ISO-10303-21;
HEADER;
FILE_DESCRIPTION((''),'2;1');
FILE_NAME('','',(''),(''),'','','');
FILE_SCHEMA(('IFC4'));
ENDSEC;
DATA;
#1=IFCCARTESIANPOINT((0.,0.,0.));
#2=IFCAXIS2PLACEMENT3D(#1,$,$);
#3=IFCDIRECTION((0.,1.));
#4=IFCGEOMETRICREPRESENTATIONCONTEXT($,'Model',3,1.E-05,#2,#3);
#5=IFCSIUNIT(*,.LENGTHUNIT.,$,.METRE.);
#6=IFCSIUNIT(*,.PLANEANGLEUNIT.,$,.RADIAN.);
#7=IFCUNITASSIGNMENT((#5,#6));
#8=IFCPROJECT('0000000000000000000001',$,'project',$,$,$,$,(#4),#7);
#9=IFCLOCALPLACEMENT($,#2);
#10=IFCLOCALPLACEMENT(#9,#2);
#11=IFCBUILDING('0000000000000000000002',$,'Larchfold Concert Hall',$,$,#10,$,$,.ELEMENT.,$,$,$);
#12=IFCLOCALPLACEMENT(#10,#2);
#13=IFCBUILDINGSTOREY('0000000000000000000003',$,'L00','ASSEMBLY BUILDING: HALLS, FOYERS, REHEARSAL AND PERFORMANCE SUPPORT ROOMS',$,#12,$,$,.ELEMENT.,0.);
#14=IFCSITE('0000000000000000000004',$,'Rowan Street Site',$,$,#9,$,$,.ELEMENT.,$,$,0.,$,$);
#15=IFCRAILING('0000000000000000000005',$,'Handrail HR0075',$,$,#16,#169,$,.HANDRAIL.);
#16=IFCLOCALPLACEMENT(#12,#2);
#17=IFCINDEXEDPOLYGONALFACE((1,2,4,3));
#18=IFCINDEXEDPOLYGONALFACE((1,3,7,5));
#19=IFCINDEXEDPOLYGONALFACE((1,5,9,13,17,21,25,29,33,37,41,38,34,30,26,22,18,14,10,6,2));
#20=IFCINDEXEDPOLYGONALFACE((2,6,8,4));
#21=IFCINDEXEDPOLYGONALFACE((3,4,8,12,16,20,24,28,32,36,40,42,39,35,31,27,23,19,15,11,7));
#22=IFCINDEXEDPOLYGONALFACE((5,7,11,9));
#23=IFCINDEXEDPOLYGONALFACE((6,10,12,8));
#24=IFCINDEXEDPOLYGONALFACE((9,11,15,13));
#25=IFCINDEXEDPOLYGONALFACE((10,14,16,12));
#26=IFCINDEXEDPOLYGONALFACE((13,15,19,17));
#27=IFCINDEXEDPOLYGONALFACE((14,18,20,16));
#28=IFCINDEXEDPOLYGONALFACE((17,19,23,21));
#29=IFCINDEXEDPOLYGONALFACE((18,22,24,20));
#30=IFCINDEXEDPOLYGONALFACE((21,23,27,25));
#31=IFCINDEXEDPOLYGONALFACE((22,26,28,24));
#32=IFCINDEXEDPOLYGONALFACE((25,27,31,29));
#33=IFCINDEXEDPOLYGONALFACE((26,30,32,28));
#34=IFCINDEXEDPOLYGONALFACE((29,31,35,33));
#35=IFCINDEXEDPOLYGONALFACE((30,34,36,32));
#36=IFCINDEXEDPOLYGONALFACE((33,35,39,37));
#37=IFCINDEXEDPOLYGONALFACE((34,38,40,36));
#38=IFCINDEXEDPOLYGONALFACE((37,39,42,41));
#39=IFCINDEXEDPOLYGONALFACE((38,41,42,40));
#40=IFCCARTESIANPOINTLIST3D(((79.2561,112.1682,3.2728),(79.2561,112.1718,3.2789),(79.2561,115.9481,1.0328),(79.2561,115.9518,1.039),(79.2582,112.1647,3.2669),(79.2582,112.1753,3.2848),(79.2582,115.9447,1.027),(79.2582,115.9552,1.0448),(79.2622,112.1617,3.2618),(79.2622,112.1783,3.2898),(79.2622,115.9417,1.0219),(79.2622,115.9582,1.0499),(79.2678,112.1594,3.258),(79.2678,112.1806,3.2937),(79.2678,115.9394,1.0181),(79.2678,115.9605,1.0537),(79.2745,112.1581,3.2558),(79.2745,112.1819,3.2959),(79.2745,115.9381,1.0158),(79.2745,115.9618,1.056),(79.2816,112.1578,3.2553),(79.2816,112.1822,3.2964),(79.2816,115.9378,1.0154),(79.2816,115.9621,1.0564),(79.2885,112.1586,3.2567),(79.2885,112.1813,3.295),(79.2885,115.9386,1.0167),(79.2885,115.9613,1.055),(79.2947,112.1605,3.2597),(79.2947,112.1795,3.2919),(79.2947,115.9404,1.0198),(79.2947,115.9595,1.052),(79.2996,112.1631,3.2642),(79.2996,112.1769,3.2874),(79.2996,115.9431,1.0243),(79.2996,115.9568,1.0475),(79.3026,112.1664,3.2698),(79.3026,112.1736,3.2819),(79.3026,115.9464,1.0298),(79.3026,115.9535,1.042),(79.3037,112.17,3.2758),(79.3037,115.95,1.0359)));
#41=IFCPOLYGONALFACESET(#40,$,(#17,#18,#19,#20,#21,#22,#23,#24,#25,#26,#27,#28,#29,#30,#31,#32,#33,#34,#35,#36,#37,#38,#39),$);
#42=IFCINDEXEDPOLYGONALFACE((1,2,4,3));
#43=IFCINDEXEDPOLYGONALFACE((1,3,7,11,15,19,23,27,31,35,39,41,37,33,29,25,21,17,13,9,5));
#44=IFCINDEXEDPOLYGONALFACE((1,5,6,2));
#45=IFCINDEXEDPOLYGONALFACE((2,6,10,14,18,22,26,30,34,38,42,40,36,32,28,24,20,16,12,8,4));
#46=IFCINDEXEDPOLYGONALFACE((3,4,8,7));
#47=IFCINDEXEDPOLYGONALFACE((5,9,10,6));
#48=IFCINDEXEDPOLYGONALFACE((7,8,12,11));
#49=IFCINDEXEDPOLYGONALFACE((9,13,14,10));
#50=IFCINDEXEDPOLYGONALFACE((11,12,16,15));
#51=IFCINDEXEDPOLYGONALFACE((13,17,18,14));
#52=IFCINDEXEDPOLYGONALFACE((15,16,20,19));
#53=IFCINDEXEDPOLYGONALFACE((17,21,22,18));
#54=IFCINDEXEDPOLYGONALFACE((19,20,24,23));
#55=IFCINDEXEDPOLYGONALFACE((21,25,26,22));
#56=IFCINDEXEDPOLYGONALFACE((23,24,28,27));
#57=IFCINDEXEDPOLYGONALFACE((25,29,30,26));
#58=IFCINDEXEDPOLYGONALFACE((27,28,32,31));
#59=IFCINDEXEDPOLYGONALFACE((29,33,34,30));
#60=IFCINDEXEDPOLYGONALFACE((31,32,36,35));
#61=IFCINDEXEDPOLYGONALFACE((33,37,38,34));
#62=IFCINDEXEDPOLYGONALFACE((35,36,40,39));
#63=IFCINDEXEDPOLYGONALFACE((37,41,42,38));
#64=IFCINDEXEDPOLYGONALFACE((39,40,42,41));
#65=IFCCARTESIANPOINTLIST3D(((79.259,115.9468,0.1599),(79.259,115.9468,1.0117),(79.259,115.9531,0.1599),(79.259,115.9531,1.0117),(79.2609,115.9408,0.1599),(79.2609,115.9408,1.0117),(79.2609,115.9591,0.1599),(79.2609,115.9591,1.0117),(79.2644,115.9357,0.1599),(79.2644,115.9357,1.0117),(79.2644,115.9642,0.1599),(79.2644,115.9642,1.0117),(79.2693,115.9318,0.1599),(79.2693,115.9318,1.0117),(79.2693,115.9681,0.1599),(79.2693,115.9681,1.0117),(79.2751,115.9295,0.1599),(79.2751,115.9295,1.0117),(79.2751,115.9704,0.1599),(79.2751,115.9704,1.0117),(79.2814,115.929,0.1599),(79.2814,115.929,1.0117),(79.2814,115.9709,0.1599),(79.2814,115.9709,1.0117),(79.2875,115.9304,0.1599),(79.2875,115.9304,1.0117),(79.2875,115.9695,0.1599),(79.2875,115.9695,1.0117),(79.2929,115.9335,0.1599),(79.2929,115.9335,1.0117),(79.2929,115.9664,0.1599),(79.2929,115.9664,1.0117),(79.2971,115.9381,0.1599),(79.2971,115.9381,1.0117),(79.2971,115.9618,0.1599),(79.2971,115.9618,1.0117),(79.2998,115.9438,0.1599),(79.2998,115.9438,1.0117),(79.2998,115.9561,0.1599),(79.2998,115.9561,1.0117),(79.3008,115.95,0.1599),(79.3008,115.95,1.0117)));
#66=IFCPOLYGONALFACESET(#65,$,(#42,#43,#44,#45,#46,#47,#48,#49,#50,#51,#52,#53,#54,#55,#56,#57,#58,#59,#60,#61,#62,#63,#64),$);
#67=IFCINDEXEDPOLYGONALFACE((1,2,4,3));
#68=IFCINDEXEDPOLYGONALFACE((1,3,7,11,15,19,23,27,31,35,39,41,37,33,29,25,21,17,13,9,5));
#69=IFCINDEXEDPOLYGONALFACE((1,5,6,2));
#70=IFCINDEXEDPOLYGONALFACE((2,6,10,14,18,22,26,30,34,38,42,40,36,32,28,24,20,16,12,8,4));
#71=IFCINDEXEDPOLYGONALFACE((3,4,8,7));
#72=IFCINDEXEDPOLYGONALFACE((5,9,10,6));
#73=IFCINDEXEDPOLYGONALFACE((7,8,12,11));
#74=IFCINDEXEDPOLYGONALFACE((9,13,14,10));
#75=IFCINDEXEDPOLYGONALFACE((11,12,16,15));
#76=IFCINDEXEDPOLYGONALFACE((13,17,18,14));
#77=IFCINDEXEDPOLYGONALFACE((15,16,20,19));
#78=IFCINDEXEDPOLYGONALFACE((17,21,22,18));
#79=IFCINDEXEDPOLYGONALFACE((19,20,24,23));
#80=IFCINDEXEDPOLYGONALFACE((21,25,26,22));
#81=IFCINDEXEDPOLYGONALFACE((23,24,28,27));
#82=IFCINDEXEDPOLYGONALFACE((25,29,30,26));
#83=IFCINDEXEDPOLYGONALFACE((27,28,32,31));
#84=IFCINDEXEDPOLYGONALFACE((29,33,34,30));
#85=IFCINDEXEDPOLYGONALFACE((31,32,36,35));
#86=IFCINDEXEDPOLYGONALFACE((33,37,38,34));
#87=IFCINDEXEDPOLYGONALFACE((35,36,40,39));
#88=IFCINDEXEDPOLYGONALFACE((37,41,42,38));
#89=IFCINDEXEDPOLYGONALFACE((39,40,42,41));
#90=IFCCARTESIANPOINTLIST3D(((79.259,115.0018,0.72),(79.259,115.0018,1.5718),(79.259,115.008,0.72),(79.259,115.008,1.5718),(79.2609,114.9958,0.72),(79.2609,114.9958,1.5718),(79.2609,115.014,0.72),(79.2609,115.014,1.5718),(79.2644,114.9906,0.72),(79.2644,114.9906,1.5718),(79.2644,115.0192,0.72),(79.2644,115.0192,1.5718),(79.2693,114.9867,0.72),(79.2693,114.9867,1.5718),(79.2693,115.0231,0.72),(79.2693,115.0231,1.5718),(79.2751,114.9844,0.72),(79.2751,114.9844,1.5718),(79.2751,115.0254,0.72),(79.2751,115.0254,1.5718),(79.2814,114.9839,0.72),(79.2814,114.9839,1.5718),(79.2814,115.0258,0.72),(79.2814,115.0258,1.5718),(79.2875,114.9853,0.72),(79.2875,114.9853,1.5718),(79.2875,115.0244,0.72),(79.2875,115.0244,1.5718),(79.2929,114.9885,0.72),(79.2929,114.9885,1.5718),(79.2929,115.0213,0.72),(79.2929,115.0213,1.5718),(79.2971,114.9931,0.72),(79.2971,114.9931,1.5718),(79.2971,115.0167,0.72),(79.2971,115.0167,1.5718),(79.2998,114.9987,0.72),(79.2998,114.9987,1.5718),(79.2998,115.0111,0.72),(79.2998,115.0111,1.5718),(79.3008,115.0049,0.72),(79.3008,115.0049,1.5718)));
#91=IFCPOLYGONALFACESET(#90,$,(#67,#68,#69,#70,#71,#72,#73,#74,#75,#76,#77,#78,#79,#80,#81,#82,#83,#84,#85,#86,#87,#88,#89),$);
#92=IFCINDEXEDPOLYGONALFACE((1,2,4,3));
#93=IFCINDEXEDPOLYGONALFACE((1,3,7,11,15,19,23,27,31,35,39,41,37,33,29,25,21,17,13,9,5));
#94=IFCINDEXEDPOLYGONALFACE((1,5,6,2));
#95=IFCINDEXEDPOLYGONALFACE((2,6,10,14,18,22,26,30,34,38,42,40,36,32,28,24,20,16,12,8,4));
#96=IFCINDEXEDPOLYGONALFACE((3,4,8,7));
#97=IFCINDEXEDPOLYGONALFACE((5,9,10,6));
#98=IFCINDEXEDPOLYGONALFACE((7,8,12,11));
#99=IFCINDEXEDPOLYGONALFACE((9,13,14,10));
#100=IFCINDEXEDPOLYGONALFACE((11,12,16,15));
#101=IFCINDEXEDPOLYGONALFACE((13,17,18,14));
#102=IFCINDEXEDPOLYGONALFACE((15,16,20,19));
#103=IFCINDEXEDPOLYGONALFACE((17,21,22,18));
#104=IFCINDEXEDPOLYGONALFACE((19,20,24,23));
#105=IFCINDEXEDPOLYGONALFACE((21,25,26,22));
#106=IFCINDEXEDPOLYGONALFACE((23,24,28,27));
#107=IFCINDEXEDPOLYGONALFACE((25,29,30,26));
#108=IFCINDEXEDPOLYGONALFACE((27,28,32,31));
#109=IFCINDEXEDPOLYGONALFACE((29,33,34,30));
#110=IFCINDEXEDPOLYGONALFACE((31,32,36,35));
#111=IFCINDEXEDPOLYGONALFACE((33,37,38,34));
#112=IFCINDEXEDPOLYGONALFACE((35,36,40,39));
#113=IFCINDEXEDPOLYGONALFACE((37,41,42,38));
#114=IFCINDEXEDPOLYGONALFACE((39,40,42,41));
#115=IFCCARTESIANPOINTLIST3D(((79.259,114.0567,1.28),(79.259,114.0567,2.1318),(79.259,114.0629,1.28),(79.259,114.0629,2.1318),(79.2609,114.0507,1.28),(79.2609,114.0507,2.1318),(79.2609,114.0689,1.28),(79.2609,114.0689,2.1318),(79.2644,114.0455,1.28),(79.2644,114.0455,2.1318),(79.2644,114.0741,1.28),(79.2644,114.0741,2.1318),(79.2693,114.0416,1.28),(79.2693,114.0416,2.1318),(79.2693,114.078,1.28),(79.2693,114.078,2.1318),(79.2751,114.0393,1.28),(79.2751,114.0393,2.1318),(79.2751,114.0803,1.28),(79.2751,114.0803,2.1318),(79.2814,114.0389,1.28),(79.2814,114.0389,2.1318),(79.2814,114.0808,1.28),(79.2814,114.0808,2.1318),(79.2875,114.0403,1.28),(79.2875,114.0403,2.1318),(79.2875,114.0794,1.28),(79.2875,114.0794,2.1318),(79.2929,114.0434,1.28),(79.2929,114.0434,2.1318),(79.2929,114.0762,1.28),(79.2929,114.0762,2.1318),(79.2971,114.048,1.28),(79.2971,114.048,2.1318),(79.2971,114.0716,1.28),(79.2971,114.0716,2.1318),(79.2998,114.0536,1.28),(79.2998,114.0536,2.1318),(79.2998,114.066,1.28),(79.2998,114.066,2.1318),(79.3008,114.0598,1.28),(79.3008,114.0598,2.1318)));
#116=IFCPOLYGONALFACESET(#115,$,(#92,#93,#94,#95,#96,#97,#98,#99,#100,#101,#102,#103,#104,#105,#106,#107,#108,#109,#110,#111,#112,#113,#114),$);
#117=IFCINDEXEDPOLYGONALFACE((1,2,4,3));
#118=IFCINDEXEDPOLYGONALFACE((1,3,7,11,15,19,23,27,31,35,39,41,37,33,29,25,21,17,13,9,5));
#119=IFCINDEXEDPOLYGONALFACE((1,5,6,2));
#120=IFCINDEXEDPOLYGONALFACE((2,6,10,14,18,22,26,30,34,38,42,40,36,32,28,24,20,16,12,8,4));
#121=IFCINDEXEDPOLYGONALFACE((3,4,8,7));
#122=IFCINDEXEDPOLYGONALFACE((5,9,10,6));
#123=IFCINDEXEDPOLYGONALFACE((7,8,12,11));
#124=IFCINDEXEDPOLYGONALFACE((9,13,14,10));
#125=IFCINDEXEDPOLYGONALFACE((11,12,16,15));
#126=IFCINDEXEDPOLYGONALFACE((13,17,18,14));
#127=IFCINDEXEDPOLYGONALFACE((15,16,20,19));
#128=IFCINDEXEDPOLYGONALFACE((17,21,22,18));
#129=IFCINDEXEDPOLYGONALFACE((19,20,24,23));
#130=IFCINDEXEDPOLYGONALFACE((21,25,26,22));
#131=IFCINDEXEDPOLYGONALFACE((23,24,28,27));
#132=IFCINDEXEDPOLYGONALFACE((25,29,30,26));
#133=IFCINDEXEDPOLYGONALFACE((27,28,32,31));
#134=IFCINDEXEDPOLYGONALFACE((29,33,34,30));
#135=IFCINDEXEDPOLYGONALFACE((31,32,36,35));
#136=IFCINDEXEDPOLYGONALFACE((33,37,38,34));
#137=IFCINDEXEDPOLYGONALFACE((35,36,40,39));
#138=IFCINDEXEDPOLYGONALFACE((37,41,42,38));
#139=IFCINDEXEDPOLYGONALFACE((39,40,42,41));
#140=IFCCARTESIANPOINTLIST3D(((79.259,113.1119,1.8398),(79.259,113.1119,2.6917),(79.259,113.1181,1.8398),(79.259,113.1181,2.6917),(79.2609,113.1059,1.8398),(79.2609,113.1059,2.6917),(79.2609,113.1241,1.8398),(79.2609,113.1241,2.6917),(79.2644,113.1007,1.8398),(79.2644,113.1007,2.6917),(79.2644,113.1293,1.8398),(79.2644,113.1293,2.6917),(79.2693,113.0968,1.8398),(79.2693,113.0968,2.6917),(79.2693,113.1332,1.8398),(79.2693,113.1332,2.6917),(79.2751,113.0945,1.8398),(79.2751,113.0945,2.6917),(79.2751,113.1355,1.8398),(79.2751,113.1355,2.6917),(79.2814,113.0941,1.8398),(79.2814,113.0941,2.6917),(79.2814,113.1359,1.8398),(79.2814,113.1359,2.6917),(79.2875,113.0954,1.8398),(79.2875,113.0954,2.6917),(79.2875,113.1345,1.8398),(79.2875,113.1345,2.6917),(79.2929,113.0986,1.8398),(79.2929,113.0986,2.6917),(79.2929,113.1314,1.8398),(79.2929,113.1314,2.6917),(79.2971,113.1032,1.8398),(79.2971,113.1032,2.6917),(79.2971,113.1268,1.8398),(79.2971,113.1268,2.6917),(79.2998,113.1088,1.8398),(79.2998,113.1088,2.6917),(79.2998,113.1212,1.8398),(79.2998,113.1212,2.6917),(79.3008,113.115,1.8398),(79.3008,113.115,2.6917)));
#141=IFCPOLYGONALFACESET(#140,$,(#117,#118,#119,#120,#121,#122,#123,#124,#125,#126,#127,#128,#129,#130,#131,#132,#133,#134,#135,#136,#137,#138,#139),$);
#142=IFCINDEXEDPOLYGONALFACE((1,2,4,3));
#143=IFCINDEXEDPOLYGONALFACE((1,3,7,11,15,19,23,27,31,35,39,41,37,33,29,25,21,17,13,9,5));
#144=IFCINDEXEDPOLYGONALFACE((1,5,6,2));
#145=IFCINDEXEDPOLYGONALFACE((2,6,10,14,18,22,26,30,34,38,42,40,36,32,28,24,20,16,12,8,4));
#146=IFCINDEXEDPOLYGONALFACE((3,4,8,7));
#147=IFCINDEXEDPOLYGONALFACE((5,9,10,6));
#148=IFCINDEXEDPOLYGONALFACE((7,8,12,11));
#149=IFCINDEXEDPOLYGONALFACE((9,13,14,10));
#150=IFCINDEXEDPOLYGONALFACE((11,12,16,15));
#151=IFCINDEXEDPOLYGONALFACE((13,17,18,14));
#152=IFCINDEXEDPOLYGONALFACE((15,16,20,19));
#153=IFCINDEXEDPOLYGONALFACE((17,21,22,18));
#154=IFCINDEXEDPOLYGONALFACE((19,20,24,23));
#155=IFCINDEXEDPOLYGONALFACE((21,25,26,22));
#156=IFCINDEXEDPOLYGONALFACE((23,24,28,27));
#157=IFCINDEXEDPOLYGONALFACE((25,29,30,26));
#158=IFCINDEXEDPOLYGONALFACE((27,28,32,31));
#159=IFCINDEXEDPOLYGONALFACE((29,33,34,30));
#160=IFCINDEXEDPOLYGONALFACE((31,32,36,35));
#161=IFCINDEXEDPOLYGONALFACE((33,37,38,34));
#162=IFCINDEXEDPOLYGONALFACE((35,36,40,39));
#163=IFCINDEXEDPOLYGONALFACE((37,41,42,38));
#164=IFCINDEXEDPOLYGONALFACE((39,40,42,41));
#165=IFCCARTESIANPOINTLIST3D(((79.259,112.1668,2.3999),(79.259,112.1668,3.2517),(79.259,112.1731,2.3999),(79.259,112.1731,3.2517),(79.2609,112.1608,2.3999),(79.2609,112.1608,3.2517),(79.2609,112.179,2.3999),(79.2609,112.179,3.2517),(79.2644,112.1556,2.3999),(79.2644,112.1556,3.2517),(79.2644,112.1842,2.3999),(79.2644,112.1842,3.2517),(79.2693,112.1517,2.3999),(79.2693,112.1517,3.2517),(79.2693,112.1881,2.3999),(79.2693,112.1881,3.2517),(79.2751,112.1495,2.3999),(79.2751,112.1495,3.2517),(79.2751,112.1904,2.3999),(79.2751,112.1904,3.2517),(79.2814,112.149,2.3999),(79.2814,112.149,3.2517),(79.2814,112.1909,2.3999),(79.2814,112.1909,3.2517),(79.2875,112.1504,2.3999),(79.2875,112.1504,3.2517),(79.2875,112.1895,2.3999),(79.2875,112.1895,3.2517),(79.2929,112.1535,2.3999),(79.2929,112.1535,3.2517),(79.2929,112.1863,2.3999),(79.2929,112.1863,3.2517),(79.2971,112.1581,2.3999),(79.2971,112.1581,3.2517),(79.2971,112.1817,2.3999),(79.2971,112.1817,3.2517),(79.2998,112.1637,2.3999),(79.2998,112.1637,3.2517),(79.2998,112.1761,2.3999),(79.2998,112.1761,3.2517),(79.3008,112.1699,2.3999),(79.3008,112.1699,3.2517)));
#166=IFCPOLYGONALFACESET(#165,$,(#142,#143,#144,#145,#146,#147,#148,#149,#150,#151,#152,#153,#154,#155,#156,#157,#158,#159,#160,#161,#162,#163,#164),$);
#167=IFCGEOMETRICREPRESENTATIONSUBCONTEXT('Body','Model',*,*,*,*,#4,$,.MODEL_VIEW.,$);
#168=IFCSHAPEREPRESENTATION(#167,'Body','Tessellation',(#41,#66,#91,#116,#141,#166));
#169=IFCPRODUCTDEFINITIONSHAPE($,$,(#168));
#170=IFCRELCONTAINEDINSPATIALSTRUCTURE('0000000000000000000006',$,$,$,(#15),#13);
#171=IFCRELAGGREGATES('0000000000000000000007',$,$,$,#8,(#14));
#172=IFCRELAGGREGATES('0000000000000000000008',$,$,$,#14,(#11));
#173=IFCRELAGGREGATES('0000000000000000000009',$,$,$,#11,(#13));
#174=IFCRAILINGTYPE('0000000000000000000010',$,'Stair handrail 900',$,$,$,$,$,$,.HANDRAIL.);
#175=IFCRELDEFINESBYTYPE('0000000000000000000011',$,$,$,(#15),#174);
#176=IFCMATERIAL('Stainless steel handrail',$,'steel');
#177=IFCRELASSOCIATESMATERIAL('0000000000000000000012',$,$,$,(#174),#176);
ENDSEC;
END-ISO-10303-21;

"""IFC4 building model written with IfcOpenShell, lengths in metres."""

from ifc_helpers import new_model, si_unit, direction, frame, origin, origin_2d, place, context, subcontext, project, spatial, circle, extrude, material, type_object, element, save


model = new_model("IFC4")

# Units and contexts
model_context = context("Model", 3, precision=1e-05, world=origin(), true_north=direction((0.0, 1.0)))
body_context = subcontext(model_context, "Body", "Model", "MODEL_VIEW")
ifc_project = project(units=[si_unit("LENGTHUNIT", "METRE"), si_unit("PLANEANGLEUNIT", "RADIAN")], contexts=[model_context])

# Site, building, storey
site_placement = place(None, origin())
site = spatial("IfcSite", under=ifc_project, at=site_placement, Name="Rowan Street Site", CompositionType="ELEMENT", RefElevation=0.0)
building_placement = place(site_placement, origin())
building = spatial("IfcBuilding", under=site, at=building_placement, Name="Larchfold Concert Hall", CompositionType="ELEMENT")
storey_placement = place(building_placement, origin())
storey = spatial("IfcBuildingStorey", under=building, at=storey_placement, Name="L00", Description="ASSEMBLY BUILDING: HALLS, FOYERS, REHEARSAL AND PERFORMANCE SUPPORT ROOMS", CompositionType="ELEMENT", Elevation=0.0)

# Railing
ifc_material_1 = material(Name="Stainless steel handrail", Category="steel")
railing_type_1 = type_object("IfcRailingType", Name="Stair handrail 900", PredefinedType="HANDRAIL", material=ifc_material_1)
railing_1_placement = place(storey_placement, frame((79.2798, 115.95, 0.1599)))
element("IfcRailing", 1, at=railing_1_placement, inside=storey, type_object=railing_type_1, Name="Handrail HR0075", PredefinedType="HANDRAIL", context=body_context, shape_type="SweptSolid", body=[
    extrude(circle(Radius=0.0239, at=origin_2d()), frame((0.0, 0.0, 0.876), z_axis=(0.0, -0.860294, 0.509798), x_axis=(1.0, 0.0, 0.0)), (0.0, 0.0, 1.0), 4.3938),
    extrude(circle(Radius=0.021, at=origin_2d()), origin(), (0.0, 0.0, 1.0), 0.8518),
    extrude(circle(Radius=0.021, at=origin_2d()), frame((0.0, -0.9451, 0.5601)), (0.0, 0.0, 1.0), 0.8518),
    extrude(circle(Radius=0.021, at=origin_2d()), frame((0.0, -1.8901, 1.1201)), (0.0, 0.0, 1.0), 0.8518),
    extrude(circle(Radius=0.021, at=origin_2d()), frame((0.0, -2.835, 1.6799)), (0.0, 0.0, 1.0), 0.8518),
    extrude(circle(Radius=0.021, at=origin_2d()), frame((0.0, -3.78, 2.24)), (0.0, 0.0, 1.0), 0.8518),
])

save(model, "model.ifc")
